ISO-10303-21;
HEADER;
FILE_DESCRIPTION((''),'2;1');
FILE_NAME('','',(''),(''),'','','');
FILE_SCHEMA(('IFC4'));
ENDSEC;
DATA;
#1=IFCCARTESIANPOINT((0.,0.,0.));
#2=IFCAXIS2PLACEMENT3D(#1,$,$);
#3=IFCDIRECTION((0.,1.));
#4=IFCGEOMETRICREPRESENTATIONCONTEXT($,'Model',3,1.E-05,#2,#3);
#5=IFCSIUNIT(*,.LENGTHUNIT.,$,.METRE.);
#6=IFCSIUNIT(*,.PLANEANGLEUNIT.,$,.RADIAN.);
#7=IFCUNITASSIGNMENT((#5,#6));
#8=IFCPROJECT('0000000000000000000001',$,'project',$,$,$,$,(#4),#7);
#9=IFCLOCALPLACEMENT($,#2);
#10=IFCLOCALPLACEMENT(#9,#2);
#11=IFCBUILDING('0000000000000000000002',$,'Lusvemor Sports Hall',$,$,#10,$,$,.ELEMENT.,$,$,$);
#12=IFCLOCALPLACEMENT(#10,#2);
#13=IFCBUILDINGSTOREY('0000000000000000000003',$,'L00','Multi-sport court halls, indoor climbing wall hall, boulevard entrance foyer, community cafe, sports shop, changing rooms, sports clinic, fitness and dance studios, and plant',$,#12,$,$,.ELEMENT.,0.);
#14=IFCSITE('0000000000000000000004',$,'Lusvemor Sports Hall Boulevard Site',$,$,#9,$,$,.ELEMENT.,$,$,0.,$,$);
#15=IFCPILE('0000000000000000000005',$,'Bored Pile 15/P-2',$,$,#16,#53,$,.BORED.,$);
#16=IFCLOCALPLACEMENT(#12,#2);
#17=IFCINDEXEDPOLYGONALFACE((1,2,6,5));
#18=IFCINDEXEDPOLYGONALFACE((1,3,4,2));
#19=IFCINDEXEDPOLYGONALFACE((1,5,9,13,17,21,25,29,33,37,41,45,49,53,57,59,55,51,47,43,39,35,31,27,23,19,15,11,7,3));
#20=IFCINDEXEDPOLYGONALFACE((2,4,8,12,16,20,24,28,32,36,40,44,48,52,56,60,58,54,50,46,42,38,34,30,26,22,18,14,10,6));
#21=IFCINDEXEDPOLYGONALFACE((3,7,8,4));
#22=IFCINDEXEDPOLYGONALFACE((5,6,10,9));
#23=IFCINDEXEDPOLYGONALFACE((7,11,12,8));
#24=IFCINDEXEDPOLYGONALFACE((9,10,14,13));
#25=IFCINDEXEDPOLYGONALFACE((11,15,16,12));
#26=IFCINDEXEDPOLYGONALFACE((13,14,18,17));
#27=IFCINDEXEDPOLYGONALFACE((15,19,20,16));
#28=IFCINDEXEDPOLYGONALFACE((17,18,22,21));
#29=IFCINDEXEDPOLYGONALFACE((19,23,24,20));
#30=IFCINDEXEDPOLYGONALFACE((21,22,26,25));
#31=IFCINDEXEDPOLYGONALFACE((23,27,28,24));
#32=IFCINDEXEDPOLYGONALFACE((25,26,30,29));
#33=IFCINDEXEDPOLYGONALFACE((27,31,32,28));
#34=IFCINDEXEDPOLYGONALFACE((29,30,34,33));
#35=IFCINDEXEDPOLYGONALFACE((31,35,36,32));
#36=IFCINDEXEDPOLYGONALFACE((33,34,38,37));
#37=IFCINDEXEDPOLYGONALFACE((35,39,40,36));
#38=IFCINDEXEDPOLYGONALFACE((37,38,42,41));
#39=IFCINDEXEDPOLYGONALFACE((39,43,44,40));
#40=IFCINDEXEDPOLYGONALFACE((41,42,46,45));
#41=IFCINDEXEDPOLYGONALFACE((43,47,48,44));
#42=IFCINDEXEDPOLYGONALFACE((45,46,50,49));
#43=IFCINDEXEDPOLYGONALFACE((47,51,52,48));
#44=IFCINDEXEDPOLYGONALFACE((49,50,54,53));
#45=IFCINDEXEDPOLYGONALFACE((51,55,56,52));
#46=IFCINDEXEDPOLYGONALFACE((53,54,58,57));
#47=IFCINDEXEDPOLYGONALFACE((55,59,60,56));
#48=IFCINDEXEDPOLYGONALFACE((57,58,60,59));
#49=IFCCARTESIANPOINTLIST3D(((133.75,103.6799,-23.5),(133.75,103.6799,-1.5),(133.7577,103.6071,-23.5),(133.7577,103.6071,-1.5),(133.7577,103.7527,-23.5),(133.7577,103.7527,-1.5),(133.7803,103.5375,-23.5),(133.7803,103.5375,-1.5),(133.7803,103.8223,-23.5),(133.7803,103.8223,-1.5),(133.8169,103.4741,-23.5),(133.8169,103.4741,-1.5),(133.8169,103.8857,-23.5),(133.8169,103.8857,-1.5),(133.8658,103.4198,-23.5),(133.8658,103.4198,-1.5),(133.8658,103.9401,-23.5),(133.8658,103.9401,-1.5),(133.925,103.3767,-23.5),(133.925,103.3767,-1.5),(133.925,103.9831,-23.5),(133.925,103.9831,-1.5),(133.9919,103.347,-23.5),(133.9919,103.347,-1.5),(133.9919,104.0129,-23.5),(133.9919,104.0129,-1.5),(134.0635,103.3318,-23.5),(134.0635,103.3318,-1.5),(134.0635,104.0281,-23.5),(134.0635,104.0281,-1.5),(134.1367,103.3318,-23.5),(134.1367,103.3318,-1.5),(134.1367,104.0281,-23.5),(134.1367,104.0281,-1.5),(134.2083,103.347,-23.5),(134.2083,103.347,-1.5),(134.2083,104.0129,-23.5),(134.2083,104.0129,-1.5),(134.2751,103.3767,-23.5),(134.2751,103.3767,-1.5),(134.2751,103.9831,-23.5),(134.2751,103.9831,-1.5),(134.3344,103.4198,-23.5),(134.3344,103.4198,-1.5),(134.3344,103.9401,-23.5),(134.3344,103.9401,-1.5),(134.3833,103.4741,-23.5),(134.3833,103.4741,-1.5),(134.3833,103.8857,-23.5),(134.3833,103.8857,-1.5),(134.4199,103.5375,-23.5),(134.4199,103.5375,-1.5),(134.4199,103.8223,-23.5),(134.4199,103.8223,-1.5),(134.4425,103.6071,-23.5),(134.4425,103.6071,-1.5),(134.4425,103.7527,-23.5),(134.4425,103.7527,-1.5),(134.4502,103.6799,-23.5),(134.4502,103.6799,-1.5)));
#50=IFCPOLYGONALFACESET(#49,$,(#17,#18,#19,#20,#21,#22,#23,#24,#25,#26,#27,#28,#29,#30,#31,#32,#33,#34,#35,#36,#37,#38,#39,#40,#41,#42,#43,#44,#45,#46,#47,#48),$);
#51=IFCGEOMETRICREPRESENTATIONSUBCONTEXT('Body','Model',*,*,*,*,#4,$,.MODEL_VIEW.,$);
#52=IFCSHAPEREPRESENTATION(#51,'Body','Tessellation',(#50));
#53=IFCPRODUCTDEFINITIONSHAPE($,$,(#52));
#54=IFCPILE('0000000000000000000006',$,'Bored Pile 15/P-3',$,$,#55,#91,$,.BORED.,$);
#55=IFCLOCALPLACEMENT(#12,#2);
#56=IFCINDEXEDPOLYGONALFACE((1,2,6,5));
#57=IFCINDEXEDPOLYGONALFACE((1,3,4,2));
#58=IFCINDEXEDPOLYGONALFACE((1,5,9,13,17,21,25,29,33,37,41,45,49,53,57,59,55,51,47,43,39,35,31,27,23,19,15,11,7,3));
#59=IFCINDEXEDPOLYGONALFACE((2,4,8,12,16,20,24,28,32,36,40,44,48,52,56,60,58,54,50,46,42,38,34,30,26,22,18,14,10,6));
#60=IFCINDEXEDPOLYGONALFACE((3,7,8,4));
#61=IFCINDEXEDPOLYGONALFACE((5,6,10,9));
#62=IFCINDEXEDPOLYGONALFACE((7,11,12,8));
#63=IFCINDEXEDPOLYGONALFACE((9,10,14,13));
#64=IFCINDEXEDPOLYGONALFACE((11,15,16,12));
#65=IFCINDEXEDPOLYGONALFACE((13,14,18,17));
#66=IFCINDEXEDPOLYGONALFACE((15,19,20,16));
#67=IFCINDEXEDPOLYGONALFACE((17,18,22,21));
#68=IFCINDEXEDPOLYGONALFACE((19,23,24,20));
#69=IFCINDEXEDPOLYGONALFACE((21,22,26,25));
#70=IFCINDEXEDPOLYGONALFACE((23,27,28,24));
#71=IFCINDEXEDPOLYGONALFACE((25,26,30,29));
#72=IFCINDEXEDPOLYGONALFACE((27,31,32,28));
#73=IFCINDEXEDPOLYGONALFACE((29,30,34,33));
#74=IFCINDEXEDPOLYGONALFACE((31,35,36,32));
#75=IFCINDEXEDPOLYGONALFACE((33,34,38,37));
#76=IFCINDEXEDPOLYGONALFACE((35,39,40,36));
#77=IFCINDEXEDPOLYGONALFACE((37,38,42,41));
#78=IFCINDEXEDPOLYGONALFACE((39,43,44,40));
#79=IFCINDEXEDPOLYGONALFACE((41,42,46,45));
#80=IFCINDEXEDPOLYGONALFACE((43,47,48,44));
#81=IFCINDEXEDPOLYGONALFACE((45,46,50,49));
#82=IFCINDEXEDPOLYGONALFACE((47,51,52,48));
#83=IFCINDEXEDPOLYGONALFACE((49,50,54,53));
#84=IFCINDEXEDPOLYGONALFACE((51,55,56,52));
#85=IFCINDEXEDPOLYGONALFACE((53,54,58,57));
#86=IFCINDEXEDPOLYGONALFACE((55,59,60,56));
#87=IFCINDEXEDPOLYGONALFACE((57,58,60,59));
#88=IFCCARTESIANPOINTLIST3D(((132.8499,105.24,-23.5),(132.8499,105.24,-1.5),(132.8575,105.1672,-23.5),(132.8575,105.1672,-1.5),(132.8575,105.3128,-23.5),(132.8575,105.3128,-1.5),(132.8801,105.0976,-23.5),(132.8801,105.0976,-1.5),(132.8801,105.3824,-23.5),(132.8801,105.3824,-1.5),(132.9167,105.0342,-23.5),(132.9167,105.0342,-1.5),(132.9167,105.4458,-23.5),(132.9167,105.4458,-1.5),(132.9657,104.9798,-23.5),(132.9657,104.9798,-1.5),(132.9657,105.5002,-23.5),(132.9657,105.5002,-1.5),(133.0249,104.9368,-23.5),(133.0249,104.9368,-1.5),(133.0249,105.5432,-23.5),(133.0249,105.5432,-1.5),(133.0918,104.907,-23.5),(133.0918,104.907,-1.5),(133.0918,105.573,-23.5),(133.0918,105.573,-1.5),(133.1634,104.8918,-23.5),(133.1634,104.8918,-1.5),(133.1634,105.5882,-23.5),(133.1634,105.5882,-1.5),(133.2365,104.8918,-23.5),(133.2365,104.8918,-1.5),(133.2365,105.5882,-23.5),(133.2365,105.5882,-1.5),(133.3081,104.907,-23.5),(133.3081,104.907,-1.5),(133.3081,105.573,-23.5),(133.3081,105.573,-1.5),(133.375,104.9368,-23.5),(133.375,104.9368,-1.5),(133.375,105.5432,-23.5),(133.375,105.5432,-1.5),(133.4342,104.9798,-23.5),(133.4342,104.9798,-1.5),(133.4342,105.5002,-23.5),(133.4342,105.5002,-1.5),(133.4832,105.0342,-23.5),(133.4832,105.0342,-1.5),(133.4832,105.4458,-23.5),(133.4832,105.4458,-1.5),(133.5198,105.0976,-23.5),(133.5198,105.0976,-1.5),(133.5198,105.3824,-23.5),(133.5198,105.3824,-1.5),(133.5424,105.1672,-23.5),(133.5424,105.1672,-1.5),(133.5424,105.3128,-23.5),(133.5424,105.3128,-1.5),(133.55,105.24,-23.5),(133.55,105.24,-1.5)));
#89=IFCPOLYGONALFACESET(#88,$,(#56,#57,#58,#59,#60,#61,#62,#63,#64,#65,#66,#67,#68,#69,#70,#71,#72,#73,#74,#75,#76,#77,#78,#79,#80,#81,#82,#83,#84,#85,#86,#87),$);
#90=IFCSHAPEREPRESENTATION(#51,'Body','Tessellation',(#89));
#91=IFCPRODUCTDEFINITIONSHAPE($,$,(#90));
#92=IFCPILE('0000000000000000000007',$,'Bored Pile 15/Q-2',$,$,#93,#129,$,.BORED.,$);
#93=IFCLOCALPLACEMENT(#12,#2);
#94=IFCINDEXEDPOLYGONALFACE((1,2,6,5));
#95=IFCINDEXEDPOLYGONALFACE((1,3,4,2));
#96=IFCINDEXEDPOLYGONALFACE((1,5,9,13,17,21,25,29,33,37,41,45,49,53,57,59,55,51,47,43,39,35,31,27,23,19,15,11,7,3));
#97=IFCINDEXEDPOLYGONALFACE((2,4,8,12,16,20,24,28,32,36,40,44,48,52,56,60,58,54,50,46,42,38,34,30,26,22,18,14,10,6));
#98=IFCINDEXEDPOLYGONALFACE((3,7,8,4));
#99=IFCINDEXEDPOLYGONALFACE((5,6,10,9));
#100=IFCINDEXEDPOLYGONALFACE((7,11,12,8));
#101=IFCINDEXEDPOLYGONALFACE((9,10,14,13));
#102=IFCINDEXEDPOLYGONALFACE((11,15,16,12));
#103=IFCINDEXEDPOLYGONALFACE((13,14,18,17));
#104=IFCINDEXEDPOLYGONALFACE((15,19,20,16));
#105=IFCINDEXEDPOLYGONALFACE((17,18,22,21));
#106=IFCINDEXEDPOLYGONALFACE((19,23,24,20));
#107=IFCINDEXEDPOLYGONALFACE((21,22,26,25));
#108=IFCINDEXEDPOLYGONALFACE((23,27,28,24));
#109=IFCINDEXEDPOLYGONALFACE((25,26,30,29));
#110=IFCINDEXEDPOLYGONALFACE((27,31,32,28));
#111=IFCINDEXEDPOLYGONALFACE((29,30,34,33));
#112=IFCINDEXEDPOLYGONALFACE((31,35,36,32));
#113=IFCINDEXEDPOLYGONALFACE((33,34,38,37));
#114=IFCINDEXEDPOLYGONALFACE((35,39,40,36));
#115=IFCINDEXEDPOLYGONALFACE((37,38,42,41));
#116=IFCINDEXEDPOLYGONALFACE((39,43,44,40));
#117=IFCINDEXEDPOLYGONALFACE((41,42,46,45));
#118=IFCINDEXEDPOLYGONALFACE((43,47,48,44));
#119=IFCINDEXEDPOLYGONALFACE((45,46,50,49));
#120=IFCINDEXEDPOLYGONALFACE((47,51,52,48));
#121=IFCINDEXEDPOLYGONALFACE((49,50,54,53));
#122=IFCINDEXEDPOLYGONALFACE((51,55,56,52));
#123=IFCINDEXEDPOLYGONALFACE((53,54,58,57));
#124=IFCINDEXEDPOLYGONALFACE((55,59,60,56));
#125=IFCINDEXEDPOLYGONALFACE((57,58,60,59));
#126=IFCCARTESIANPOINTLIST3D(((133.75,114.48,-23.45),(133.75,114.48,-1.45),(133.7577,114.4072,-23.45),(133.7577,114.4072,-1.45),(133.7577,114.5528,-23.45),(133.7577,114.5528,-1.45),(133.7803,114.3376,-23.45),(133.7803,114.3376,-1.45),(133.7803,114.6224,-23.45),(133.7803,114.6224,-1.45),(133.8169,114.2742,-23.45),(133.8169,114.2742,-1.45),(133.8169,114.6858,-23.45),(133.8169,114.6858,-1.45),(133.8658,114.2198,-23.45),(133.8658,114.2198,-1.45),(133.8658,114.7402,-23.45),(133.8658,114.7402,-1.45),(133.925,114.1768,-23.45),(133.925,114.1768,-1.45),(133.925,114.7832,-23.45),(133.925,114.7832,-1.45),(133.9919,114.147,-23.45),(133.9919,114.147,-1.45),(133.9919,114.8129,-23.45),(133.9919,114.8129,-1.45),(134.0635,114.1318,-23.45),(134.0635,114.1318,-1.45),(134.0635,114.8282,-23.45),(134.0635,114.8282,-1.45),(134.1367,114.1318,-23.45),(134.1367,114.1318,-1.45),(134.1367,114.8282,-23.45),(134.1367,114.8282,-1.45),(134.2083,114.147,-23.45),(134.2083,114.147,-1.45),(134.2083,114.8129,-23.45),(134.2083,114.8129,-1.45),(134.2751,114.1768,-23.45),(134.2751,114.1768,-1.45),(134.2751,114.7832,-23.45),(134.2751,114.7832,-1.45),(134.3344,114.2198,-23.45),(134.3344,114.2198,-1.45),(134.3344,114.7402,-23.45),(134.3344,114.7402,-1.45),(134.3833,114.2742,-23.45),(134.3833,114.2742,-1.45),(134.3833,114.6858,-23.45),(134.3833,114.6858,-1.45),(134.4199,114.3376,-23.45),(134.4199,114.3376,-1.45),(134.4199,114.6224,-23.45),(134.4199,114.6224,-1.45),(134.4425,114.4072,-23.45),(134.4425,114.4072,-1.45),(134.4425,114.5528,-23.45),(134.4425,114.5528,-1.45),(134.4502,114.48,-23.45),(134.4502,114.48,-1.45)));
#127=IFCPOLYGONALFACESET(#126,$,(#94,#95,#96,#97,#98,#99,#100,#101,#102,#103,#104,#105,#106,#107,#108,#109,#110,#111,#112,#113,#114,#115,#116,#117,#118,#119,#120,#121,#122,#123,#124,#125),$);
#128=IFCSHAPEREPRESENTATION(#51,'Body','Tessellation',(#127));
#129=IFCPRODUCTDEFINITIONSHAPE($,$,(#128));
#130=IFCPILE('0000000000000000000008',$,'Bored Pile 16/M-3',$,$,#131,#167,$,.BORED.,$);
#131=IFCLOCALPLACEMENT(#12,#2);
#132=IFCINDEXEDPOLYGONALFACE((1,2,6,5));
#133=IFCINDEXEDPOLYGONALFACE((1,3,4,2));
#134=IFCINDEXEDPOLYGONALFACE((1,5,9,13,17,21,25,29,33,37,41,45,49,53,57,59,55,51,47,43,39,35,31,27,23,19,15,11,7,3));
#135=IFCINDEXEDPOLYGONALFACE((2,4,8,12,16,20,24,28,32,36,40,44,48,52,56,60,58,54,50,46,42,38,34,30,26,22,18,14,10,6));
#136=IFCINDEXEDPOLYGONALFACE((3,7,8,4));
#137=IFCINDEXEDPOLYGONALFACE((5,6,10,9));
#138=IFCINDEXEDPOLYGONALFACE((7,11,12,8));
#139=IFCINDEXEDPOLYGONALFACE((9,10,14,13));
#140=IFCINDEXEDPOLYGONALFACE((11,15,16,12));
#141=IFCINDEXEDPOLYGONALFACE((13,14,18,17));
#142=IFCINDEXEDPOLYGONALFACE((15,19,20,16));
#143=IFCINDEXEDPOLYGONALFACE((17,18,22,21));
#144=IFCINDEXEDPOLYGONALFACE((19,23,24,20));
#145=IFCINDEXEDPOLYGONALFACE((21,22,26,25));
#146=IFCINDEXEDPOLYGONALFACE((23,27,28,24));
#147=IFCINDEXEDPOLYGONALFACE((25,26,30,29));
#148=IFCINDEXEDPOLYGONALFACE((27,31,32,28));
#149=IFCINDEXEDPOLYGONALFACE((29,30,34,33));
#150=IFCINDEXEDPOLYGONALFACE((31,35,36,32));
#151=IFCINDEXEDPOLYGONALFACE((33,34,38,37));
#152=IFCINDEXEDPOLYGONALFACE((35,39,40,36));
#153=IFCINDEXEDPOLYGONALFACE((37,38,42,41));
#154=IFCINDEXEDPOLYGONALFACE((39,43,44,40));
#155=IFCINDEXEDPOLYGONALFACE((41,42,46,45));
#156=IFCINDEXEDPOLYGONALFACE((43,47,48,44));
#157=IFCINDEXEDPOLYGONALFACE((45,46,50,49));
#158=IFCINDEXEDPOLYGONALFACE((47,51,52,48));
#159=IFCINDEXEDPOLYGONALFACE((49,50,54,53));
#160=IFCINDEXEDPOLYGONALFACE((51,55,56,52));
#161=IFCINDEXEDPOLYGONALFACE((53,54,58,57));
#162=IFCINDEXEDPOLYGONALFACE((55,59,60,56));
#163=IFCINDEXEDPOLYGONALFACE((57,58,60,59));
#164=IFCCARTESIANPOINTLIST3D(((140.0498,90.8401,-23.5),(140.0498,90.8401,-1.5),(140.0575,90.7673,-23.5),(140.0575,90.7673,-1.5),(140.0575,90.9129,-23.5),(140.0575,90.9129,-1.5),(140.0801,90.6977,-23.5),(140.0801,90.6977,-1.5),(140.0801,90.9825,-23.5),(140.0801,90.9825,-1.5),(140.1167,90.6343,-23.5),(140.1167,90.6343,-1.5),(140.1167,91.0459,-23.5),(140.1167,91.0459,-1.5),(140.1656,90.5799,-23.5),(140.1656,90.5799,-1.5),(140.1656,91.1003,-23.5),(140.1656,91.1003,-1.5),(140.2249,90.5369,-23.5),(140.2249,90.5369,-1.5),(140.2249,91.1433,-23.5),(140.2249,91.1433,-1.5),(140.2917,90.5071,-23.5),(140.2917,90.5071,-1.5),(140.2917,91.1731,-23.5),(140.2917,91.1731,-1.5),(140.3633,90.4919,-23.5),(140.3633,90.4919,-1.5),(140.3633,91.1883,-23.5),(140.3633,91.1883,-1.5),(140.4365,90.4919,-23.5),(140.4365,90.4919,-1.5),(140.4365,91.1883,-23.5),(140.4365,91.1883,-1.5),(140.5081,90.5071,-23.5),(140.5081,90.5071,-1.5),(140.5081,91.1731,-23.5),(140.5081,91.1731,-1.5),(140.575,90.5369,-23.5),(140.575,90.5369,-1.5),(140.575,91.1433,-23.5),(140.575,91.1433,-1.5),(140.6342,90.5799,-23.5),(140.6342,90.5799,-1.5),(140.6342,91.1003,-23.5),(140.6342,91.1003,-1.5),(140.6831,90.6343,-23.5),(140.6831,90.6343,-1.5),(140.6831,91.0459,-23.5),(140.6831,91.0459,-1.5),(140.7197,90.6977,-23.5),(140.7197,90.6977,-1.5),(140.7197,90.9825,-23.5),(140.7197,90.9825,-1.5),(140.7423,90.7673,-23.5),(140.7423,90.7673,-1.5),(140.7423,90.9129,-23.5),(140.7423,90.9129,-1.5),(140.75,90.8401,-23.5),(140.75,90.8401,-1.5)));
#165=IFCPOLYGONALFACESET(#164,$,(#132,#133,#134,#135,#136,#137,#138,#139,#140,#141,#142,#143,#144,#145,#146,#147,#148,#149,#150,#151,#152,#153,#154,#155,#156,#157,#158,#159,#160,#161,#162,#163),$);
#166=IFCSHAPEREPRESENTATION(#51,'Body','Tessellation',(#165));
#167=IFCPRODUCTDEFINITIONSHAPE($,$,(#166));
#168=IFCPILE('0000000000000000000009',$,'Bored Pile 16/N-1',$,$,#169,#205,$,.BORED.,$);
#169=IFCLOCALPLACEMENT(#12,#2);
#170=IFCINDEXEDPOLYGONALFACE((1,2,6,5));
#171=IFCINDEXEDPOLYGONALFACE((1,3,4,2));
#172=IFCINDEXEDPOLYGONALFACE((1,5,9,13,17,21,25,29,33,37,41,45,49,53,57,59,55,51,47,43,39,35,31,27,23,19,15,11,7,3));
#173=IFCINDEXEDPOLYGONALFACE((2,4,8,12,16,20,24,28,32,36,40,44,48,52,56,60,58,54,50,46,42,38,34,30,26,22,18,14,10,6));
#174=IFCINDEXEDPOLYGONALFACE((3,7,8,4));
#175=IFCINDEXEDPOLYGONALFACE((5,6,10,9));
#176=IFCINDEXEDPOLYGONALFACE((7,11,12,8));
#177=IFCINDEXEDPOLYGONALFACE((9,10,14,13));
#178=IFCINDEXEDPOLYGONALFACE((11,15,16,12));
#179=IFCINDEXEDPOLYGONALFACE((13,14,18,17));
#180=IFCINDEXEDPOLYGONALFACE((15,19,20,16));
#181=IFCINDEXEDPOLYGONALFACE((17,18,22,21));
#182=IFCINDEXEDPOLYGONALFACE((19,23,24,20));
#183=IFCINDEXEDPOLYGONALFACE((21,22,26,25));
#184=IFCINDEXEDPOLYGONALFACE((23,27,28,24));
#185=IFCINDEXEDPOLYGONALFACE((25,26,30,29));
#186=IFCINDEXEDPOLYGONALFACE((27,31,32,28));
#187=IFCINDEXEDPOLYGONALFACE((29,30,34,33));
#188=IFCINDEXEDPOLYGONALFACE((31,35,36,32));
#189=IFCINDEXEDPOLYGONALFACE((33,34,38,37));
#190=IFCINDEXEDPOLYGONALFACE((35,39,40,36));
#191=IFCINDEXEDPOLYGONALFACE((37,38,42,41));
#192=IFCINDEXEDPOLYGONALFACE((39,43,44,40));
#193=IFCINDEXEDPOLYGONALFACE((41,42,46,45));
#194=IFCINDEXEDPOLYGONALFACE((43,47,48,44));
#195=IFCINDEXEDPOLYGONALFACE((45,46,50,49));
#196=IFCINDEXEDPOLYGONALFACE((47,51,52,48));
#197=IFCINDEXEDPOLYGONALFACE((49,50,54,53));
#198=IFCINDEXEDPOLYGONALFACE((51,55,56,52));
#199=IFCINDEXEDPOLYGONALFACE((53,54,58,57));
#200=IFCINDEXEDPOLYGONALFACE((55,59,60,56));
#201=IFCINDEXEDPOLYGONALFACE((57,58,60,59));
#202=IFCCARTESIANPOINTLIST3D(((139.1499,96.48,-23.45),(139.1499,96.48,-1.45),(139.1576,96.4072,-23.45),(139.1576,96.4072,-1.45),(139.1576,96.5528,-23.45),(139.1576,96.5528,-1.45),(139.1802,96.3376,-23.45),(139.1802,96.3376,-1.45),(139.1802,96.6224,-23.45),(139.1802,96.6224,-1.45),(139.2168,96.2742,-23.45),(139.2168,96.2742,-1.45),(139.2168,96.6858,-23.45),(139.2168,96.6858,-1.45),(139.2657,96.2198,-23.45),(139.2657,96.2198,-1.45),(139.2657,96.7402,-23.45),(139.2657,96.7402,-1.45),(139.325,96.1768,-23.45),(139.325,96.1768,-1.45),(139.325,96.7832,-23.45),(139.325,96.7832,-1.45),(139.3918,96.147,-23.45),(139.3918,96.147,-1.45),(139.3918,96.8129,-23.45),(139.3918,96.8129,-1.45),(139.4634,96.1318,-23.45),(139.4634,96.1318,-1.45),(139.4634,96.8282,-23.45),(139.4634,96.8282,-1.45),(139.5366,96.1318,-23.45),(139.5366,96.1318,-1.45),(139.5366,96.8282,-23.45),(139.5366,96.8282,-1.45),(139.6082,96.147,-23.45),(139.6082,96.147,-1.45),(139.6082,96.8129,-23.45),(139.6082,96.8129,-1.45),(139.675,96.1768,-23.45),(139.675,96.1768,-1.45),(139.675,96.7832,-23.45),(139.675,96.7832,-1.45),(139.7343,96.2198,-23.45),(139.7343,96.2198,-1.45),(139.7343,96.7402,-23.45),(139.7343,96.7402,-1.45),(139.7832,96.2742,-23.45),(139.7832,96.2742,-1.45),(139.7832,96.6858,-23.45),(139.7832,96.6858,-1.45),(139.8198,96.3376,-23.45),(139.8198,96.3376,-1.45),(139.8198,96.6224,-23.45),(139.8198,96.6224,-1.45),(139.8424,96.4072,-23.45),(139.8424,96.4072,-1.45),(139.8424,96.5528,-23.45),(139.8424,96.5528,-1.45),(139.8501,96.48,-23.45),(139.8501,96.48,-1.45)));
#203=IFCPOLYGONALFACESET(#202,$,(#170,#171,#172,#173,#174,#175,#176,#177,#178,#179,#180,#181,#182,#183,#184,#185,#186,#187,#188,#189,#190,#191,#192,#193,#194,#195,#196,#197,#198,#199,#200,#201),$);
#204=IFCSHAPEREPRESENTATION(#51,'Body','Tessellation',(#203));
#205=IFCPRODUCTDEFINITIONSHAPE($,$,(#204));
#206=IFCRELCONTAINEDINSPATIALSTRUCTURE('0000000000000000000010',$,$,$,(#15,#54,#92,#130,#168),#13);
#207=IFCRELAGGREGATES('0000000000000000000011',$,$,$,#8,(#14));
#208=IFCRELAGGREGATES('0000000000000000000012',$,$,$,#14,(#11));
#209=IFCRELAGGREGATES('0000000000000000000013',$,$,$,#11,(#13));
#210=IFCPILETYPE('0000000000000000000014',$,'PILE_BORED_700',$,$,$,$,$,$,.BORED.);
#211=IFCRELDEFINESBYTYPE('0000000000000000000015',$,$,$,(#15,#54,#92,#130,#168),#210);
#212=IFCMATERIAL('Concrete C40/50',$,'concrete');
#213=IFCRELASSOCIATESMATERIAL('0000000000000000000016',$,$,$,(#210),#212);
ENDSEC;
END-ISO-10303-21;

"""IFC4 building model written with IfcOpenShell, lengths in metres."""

from ifc_helpers import new_model, si_unit, direction, frame, origin, origin_2d, place, context, subcontext, project, spatial, circle, extrude, material, material_profile, profile_set, type_object, element, save


model = new_model("IFC4")

# Units and contexts
model_context = context("Model", 3, precision=1e-05, world=origin(), true_north=direction((0.0, 1.0)))
body_context = subcontext(model_context, "Body", "Model", "MODEL_VIEW")
ifc_project = project(units=[si_unit("LENGTHUNIT", "METRE"), si_unit("PLANEANGLEUNIT", "RADIAN")], contexts=[model_context])

# Site, building, storey
site_placement = place(None, origin())
site = spatial("IfcSite", under=ifc_project, at=site_placement, Name="Lusvemor Sports Hall Boulevard Site", CompositionType="ELEMENT", RefElevation=0.0)
building_placement = place(site_placement, origin())
building = spatial("IfcBuilding", under=site, at=building_placement, Name="Lusvemor Sports Hall", CompositionType="ELEMENT")
storey_placement = place(building_placement, origin())
storey = spatial("IfcBuildingStorey", under=building, at=storey_placement, Name="L00", Description="Multi-sport court halls, indoor climbing wall hall, boulevard entrance foyer, community cafe, sports shop, changing rooms, sports clinic, fitness and dance studios, and plant", CompositionType="ELEMENT", Elevation=0.0)

# Piles
ifc_material_1 = material(Name="Concrete C40/50", Category="concrete")
ifc_material_profile_1 = material_profile(ifc_material_1, circle(Radius=0.3501, at=origin_2d()), Name="PILE700")
ifc_profile_set_1 = profile_set([ifc_material_profile_1], Name="Concrete C40/50")
pile_type = type_object("IfcPileType", Name="PILE_BORED_700", PredefinedType="BORED", material=ifc_profile_set_1)
for number, where, z_axis, x_axis, name in (
    (1, (134.1001, 103.6799, -1.5), (0.0, 0.0, -1.0), (1.0, 0.0, 0.0), "Bored Pile 15/P-2"),
    (2, (133.2, 105.24, -1.5), (0.0, 0.0, -1.0), (1.0, 0.0, 0.0), "Bored Pile 15/P-3"),
    (3, (134.1001, 114.48, -1.45), (0.0, 0.0, -1.0), (1.0, 0.0, 0.0), "Bored Pile 15/Q-2"),
    (4, (140.3999, 90.8401, -1.5), (0.0, 0.0, -1.0), (1.0, 0.0, 0.0), "Bored Pile 16/M-3"),
    (5, (139.5, 96.48, -1.45), (0.0, 0.0, -1.0), (1.0, 0.0, 0.0), "Bored Pile 16/N-1"),
):
    element("IfcPile", number, at=place(storey_placement, frame(where, z_axis=z_axis, x_axis=x_axis)), inside=storey, type_object=pile_type, Name=name, PredefinedType="BORED", context=body_context, shape_type="SweptSolid", body=[
        extrude(circle(Radius=0.3501, at=origin_2d()), origin(), (0.0, 0.0, 1.0), 22.0),
    ])

save(model, "model.ifc")
